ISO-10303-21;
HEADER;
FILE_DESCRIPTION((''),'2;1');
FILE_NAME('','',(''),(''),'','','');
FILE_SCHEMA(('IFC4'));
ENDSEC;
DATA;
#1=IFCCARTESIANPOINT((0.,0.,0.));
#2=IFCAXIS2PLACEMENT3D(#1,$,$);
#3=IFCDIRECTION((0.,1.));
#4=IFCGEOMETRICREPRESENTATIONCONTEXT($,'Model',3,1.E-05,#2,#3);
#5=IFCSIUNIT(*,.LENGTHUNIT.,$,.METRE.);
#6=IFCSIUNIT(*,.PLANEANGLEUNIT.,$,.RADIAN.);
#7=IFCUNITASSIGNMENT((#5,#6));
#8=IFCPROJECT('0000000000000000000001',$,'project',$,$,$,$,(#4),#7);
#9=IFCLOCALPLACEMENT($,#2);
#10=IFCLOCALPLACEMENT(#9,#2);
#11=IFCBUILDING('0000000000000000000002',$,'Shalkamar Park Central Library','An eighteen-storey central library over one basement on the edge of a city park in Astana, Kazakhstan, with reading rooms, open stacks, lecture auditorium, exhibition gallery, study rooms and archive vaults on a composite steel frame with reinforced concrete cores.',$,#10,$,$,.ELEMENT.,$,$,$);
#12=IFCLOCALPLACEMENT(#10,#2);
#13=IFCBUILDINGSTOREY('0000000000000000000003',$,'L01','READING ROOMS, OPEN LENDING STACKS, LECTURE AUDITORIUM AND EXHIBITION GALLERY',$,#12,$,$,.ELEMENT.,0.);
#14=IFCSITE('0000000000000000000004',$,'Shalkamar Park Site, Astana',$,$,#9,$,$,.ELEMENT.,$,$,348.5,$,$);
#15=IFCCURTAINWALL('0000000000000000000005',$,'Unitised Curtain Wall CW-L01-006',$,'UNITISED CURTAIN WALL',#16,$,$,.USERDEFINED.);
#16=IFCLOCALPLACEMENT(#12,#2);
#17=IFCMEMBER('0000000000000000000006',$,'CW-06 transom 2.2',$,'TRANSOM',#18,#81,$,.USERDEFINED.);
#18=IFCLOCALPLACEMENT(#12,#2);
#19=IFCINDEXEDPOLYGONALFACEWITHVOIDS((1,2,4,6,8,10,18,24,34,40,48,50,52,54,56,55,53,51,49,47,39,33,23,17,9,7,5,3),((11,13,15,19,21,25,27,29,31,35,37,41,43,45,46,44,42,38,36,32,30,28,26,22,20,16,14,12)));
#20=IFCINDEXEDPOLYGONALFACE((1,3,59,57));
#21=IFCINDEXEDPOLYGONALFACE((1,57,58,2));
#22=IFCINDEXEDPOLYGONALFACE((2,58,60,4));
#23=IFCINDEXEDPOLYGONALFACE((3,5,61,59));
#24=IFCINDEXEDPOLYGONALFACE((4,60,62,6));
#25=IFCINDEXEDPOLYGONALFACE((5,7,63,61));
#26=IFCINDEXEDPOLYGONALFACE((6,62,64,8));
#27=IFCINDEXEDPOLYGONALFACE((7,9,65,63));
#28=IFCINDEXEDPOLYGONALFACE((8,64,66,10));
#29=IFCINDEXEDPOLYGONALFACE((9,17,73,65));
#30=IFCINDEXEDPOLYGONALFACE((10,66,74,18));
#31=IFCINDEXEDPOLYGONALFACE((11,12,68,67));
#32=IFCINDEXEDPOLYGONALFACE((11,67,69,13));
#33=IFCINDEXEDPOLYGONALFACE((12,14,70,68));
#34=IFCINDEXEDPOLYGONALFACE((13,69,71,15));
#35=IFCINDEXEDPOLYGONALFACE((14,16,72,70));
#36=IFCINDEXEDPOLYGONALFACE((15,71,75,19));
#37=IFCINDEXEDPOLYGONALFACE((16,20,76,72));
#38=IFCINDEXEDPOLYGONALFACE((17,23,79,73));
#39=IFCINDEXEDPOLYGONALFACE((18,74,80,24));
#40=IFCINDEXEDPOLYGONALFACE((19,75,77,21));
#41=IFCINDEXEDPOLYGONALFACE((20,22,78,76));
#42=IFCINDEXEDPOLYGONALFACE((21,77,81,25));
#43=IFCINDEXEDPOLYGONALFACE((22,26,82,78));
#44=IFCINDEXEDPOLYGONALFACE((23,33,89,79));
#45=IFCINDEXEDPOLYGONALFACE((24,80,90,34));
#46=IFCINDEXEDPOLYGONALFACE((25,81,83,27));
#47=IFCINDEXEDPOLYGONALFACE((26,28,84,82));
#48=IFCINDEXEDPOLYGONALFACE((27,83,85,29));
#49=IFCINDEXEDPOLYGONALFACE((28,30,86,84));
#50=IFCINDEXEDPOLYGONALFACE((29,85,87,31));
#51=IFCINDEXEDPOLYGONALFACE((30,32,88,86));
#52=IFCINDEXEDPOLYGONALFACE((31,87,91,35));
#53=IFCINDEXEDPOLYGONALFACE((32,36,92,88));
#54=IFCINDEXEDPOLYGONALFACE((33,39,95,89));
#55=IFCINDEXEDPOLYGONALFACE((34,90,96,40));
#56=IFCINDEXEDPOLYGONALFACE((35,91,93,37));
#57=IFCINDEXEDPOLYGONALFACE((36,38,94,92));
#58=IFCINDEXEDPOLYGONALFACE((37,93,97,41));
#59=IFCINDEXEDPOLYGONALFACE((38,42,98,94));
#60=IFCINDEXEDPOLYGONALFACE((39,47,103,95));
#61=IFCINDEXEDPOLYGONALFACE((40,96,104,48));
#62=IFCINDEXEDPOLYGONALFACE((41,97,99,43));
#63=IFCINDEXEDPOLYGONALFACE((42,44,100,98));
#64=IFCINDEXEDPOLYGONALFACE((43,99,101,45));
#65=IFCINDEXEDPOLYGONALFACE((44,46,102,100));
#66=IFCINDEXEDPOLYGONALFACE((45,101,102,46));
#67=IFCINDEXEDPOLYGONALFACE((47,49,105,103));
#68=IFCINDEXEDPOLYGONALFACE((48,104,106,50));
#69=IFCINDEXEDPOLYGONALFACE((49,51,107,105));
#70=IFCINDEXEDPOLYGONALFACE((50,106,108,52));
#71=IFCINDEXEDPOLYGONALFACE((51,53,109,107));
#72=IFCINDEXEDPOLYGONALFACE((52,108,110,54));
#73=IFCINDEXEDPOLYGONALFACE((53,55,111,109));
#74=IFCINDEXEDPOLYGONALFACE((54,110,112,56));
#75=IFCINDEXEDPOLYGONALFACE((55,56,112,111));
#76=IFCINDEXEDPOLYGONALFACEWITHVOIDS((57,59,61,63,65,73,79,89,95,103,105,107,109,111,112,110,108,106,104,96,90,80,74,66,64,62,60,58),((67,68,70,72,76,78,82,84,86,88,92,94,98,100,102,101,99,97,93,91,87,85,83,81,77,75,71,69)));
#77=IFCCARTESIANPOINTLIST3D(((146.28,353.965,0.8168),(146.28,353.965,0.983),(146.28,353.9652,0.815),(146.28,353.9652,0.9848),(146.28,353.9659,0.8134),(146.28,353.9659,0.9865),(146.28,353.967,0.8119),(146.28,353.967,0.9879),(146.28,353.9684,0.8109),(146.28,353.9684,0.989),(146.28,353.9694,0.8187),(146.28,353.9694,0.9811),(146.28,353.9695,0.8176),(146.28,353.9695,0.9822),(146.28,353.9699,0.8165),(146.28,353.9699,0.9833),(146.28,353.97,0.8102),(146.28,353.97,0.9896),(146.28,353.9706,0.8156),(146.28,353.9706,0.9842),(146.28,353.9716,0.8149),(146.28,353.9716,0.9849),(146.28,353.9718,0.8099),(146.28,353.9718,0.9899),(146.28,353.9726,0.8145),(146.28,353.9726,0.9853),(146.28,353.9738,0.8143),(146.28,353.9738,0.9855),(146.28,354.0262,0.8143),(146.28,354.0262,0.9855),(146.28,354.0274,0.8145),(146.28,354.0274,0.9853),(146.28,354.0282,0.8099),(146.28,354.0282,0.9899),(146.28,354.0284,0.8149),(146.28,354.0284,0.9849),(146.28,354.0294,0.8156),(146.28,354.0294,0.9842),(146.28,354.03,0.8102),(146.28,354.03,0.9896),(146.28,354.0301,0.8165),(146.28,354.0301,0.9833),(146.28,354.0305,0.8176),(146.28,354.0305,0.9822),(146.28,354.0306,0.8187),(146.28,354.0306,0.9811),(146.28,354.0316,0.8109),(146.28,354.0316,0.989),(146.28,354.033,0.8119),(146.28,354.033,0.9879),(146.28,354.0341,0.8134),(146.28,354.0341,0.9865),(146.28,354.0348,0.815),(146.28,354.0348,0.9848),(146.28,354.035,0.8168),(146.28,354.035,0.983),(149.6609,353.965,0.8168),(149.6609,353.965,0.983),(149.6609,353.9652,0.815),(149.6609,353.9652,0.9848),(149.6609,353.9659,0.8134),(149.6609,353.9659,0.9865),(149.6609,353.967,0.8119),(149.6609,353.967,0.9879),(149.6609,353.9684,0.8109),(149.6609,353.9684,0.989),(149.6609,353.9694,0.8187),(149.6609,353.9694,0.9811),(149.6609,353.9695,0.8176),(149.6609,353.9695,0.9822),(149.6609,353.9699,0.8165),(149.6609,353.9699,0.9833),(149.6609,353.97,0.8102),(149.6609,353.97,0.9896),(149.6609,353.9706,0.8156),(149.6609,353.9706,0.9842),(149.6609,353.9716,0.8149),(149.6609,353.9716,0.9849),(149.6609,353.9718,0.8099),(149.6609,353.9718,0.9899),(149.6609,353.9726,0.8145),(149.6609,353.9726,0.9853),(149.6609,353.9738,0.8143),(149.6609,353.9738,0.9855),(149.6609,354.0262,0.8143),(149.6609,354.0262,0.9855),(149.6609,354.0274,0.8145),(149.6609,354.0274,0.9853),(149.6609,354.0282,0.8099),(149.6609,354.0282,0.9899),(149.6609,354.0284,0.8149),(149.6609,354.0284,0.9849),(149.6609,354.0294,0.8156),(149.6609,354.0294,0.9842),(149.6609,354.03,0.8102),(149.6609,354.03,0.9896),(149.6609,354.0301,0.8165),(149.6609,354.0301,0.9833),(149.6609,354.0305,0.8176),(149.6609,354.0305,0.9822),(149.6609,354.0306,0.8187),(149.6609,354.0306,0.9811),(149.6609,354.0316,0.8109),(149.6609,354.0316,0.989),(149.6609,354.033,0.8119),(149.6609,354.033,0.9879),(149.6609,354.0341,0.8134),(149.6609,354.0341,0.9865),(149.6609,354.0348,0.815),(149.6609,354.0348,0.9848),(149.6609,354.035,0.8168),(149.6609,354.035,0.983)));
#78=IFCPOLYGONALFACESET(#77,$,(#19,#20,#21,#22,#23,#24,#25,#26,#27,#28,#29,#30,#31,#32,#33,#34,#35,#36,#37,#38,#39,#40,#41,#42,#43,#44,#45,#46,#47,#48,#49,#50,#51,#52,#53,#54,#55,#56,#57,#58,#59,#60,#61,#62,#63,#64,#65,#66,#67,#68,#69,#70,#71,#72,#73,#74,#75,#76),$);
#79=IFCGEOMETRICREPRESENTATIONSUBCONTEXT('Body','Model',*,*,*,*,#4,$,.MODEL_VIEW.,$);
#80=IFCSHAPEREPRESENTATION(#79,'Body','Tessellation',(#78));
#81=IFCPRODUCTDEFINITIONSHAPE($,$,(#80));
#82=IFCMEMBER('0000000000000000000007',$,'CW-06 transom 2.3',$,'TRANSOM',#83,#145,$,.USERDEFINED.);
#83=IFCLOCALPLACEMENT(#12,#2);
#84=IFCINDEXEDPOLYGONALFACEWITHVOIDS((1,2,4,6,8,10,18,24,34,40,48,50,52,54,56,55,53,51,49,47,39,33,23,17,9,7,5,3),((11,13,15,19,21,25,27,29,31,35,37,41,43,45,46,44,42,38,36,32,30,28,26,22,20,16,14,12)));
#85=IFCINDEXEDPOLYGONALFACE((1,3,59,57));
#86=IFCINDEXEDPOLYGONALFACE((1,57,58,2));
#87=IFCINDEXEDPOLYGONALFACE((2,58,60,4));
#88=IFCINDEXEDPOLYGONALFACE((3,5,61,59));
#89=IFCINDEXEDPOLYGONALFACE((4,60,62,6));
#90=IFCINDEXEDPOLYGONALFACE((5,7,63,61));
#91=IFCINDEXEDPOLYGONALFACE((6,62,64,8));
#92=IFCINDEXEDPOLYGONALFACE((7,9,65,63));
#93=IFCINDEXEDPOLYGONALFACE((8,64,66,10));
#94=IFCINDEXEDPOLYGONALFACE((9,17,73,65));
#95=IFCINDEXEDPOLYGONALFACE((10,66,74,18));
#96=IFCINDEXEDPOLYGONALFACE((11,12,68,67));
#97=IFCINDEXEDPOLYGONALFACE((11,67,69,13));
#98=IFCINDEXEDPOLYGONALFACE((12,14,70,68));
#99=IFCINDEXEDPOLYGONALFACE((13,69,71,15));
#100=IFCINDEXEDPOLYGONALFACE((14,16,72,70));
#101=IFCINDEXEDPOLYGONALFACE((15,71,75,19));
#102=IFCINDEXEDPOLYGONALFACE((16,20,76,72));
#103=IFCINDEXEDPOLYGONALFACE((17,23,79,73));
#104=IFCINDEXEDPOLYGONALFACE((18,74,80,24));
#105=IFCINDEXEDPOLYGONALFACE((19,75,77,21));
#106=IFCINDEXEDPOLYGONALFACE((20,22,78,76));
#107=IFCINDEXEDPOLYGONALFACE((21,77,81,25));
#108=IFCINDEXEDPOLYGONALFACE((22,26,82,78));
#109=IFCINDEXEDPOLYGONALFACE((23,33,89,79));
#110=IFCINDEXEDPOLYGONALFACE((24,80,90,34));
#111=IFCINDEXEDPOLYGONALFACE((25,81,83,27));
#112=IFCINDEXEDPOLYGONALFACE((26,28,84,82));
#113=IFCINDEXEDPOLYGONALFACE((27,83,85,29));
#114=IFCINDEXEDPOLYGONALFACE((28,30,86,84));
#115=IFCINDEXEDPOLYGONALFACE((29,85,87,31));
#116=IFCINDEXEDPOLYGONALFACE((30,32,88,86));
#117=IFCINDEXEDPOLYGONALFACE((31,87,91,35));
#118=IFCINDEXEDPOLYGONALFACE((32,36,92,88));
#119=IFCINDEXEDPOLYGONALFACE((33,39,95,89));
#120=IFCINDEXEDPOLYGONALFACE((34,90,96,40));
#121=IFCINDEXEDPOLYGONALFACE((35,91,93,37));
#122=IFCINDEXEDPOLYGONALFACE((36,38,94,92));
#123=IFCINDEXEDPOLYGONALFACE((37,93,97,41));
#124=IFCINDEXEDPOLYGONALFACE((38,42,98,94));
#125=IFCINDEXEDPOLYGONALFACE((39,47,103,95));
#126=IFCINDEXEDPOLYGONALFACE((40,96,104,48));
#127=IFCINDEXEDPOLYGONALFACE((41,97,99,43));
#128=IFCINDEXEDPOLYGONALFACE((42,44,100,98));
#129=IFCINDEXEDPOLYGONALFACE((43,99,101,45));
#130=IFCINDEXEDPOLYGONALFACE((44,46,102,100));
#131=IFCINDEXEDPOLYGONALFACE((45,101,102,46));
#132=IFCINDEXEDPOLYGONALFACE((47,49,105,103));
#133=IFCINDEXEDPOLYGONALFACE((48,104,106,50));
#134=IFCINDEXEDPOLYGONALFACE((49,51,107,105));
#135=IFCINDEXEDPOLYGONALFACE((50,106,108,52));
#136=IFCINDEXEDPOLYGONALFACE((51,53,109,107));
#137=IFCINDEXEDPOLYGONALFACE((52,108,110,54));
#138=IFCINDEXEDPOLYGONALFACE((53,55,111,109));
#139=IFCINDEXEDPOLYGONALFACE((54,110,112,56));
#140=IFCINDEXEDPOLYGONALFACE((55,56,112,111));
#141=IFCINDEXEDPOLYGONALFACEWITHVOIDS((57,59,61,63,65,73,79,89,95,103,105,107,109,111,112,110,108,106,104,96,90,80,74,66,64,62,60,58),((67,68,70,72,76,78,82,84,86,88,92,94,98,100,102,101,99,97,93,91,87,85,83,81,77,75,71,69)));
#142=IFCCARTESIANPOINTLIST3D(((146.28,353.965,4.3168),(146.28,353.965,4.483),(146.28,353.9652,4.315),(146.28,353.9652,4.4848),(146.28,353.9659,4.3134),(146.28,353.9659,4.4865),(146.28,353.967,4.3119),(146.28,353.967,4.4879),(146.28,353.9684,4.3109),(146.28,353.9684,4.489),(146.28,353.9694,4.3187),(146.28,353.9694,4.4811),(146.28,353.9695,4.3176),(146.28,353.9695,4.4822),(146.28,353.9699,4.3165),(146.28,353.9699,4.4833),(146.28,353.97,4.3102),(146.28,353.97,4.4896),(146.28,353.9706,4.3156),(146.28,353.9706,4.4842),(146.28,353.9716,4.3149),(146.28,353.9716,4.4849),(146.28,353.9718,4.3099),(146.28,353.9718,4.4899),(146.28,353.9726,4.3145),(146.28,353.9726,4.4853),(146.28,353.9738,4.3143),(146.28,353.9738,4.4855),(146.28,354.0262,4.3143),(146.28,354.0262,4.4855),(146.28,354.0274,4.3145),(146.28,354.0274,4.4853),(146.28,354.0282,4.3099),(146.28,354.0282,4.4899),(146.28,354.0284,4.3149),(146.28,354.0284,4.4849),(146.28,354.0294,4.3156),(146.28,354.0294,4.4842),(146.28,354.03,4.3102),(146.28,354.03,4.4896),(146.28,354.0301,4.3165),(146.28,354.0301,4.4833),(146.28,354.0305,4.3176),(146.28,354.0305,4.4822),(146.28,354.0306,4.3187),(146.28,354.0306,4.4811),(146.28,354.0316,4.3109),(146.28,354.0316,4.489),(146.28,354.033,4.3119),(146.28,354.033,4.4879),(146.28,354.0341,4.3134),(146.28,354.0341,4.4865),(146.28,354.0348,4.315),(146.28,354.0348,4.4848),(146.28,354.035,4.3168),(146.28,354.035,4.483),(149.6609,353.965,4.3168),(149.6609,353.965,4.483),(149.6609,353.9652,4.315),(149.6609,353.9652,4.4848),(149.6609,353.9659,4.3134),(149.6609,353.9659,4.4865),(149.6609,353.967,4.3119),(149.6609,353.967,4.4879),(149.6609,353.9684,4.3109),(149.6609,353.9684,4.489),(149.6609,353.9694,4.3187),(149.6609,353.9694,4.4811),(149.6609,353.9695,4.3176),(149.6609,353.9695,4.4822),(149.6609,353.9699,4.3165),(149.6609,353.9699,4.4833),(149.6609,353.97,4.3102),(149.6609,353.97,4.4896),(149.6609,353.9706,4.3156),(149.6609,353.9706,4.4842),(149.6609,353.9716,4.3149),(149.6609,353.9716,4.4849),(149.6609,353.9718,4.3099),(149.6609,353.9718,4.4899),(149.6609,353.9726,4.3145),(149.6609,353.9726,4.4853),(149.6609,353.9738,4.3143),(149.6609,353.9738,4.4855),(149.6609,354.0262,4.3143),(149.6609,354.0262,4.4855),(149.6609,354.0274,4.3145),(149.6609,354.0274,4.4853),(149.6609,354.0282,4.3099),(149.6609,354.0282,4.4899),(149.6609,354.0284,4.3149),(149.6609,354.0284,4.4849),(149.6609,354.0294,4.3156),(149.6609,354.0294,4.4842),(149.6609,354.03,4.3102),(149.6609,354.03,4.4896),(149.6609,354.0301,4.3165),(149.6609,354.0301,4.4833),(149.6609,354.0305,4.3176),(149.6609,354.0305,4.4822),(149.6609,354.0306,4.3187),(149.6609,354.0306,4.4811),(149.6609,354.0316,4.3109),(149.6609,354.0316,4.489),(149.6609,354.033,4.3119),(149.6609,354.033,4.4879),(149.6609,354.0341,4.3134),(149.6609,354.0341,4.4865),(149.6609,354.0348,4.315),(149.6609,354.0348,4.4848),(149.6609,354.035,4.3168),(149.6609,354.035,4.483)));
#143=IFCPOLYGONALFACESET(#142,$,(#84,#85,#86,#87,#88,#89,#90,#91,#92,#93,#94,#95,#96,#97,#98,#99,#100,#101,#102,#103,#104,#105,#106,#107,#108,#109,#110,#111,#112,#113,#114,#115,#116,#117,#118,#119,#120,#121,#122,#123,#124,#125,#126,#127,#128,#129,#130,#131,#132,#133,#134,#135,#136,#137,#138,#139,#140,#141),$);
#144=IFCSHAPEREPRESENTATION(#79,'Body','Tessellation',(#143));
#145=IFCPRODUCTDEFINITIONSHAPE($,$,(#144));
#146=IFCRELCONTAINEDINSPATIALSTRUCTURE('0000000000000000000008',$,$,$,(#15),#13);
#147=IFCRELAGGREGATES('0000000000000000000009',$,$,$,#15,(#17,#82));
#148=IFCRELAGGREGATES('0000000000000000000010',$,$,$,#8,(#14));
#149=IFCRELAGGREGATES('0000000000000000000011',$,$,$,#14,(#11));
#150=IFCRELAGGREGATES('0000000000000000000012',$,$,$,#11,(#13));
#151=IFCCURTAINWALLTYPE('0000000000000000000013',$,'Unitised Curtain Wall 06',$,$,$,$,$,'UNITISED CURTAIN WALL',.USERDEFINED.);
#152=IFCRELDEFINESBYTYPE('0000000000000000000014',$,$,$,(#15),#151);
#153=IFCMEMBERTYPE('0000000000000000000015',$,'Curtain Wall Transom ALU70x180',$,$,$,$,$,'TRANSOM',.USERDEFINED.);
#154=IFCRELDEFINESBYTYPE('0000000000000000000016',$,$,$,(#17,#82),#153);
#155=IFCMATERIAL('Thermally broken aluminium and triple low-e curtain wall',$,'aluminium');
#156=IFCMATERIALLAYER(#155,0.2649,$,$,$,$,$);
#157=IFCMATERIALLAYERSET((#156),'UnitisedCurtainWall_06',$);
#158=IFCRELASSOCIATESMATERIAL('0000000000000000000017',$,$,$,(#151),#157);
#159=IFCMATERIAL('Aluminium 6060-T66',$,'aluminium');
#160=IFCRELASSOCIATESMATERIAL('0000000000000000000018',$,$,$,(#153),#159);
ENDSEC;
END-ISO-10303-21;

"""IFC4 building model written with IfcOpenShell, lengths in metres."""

from ifc_helpers import new_model, si_unit, direction, frame, origin, origin_2d, place, context, subcontext, project, spatial, hollow_rectangle, extrude, material, layer, layer_set, material_profile, profile_set, type_object, element, aggregate, save


model = new_model("IFC4")

# Units and contexts
model_context = context("Model", 3, precision=1e-05, world=origin(), true_north=direction((0.0, 1.0)))
body_context = subcontext(model_context, "Body", "Model", "MODEL_VIEW")
ifc_project = project(units=[si_unit("LENGTHUNIT", "METRE"), si_unit("PLANEANGLEUNIT", "RADIAN")], contexts=[model_context])

# Site, building, storey
site_placement = place(None, origin())
site = spatial("IfcSite", under=ifc_project, at=site_placement, Name="Shalkamar Park Site, Astana", CompositionType="ELEMENT", RefElevation=348.5)
building_placement = place(site_placement, origin())
building = spatial("IfcBuilding", under=site, at=building_placement, Name="Shalkamar Park Central Library", Description="An eighteen-storey central library over one basement on the edge of a city park in Astana, Kazakhstan, with reading rooms, open stacks, lecture auditorium, exhibition gallery, study rooms and archive vaults on a composite steel frame with reinforced concrete cores.", CompositionType="ELEMENT")
storey_placement = place(building_placement, origin())
storey = spatial("IfcBuildingStorey", under=building, at=storey_placement, Name="L01", Description="READING ROOMS, OPEN LENDING STACKS, LECTURE AUDITORIUM AND EXHIBITION GALLERY", CompositionType="ELEMENT", Elevation=0.0)

# Curtain wall, members
ifc_material_1 = material(Name="Thermally broken aluminium and triple low-e curtain wall", Category="aluminium")
ifc_layer_1 = layer(ifc_material_1, 0.2649)
ifc_layer_set_1 = layer_set([ifc_layer_1], Name="UnitisedCurtainWall_06")
curtain_wall_type = type_object("IfcCurtainWallType", Name="Unitised Curtain Wall 06", ElementType="UNITISED CURTAIN WALL", PredefinedType="USERDEFINED", material=ifc_layer_set_1)
curtain_wall_placement = place(storey_placement, origin())
curtain_wall = element("IfcCurtainWall", 1, at=curtain_wall_placement, inside=storey, type_object=curtain_wall_type, Name="Unitised Curtain Wall CW-L01-006", ObjectType="UNITISED CURTAIN WALL", PredefinedType="USERDEFINED")
ifc_material_2 = material(Name="Aluminium 6060-T66", Category="aluminium")
ifc_material_profile_1 = material_profile(ifc_material_2, hollow_rectangle(XDim=0.0701, YDim=0.1799, WallThickness=0.0044, InnerFilletRadius=0.0044, OuterFilletRadius=0.0068, at=origin_2d()), Name="ALU 70x180x4.5")
ifc_profile_set_1 = profile_set([ifc_material_profile_1], Name="Aluminium 6060-T66")
member_type_1 = type_object("IfcMemberType", Name="Curtain Wall Transom ALU70x180", ElementType="TRANSOM", PredefinedType="USERDEFINED", material=ifc_profile_set_1)
member_1_placement = place(storey_placement, frame((146.28, 354.0, 0.8999), z_axis=(1.0, 0.0, 0.0), x_axis=(0.0, 1.0, 0.0)))
member_1 = element("IfcMember", 2, at=member_1_placement, type_object=member_type_1, Name="CW-06 transom 2.2", ObjectType="TRANSOM", PredefinedType="USERDEFINED", context=body_context, shape_type="SweptSolid", body=[
    extrude(hollow_rectangle(XDim=0.0701, YDim=0.1799, WallThickness=0.0044, InnerFilletRadius=0.0044, OuterFilletRadius=0.0068, at=origin_2d()), origin(), (0.0, 0.0, 1.0), 3.3809),
])
member_2_placement = place(storey_placement, frame((146.28, 354.0, 4.3999), z_axis=(1.0, 0.0, 0.0), x_axis=(0.0, 1.0, 0.0)))
member_2 = element("IfcMember", 3, at=member_2_placement, type_object=member_type_1, Name="CW-06 transom 2.3", ObjectType="TRANSOM", PredefinedType="USERDEFINED", context=body_context, shape_type="SweptSolid", body=[
    extrude(hollow_rectangle(XDim=0.0701, YDim=0.1799, WallThickness=0.0044, InnerFilletRadius=0.0044, OuterFilletRadius=0.0068, at=origin_2d()), origin(), (0.0, 0.0, 1.0), 3.3809),
])

aggregate(curtain_wall, [member_1, member_2])

save(model, "model.ifc")
